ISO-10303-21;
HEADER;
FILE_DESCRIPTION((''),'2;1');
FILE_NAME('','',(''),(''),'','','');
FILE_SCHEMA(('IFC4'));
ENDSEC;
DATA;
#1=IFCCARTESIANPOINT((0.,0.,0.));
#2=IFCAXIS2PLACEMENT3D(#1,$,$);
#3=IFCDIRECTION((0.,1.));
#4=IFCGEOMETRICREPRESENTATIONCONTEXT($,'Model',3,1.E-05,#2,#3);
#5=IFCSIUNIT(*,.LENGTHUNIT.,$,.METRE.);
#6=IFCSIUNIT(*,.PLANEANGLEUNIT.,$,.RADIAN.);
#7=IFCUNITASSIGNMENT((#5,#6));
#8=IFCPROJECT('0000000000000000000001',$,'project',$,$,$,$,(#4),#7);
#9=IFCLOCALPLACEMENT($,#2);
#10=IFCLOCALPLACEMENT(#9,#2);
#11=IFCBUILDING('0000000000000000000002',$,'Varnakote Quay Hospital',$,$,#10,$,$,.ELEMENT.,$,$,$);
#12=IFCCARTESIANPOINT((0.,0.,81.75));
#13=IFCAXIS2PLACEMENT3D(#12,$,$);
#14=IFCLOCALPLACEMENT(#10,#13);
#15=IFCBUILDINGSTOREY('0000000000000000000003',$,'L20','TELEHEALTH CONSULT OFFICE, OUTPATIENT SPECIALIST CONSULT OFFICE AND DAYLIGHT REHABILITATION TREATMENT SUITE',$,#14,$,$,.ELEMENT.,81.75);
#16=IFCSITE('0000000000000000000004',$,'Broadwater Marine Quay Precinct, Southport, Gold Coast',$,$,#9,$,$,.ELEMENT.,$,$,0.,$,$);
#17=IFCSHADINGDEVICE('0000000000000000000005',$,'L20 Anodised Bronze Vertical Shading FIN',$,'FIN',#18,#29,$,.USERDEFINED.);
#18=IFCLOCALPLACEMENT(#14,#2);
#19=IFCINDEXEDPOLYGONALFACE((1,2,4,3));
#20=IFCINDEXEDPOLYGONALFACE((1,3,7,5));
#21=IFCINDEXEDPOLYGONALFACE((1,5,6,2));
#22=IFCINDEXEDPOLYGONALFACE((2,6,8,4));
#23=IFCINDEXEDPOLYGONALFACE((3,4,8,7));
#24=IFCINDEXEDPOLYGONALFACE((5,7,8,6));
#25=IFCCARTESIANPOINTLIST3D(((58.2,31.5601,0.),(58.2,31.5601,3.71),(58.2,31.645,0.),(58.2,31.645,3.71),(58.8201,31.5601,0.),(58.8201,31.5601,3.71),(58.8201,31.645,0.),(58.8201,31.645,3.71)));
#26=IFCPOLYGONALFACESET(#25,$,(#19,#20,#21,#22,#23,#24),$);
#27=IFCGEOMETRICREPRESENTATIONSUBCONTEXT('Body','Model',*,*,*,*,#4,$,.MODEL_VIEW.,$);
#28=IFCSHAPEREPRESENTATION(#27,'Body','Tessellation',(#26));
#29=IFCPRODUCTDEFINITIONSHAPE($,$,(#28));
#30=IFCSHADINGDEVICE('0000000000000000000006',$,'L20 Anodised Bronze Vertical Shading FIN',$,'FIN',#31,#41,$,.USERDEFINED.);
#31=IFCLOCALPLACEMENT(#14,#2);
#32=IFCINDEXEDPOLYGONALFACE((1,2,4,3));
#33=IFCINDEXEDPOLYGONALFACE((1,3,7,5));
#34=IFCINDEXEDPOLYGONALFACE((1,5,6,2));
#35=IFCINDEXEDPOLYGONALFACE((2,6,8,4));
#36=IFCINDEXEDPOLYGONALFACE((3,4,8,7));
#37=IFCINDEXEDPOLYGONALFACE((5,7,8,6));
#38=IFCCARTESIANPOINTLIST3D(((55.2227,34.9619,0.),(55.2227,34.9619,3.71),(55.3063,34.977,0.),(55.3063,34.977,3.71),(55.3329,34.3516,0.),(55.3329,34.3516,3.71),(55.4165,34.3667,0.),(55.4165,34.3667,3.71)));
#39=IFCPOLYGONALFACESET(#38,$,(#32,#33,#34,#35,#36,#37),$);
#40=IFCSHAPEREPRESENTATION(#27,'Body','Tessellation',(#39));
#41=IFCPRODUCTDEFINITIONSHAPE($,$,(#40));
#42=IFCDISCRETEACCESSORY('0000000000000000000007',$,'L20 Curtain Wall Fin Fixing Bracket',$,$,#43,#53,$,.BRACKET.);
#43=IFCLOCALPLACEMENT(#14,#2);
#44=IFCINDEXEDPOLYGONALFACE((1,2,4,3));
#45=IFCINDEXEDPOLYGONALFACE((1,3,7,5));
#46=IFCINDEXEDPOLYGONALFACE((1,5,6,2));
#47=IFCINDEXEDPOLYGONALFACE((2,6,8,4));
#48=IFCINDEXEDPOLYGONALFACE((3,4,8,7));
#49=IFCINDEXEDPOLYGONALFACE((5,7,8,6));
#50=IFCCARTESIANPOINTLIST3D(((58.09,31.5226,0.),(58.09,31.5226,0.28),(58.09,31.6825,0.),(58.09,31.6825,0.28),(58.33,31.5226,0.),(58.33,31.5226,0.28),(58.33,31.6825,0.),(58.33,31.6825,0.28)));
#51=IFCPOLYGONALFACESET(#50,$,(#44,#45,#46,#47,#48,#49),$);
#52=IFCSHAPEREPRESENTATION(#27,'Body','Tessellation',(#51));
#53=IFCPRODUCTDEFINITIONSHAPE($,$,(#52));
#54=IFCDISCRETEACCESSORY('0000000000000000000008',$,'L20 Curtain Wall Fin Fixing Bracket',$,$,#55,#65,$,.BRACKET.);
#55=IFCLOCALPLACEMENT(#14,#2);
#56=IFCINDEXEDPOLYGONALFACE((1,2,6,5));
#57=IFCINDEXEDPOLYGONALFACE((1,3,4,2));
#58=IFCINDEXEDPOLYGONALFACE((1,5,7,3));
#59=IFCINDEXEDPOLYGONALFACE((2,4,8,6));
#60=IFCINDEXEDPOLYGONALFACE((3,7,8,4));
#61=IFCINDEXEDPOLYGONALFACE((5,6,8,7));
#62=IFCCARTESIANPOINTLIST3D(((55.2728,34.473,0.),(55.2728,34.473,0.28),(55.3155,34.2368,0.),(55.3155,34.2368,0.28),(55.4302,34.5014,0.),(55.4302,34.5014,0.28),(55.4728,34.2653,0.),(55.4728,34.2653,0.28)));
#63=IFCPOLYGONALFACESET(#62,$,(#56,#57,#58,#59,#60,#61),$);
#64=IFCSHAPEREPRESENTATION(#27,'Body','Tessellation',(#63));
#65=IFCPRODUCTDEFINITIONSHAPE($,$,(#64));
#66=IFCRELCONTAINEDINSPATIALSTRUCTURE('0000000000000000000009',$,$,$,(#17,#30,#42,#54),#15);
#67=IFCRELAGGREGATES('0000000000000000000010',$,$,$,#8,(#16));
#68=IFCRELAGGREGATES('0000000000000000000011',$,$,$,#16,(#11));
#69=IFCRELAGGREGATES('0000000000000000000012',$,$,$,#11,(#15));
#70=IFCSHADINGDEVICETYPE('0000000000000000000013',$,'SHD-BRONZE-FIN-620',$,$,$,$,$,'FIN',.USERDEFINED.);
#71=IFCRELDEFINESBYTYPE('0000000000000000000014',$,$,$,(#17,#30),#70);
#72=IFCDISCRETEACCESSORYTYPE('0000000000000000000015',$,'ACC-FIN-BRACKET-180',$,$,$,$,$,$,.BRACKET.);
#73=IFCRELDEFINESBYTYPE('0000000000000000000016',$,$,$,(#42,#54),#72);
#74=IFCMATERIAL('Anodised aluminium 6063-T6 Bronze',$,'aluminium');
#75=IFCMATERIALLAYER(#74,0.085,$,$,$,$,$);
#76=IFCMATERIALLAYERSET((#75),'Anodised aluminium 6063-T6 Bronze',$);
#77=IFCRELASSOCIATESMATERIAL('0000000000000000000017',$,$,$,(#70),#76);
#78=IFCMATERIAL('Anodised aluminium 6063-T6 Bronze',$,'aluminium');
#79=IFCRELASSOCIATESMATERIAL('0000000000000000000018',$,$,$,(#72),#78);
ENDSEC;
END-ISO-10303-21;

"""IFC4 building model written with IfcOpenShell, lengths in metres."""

from ifc_helpers import new_model, si_unit, direction, frame, origin, origin_2d, place, context, subcontext, project, spatial, rectangle, extrude, material, layer, layer_set, type_object, element, save


model = new_model("IFC4")

# Units and contexts
model_context = context("Model", 3, precision=1e-05, world=origin(), true_north=direction((0.0, 1.0)))
body_context = subcontext(model_context, "Body", "Model", "MODEL_VIEW")
ifc_project = project(units=[si_unit("LENGTHUNIT", "METRE"), si_unit("PLANEANGLEUNIT", "RADIAN")], contexts=[model_context])

# Site, building, storey
site_placement = place(None, origin())
site = spatial("IfcSite", under=ifc_project, at=site_placement, Name="Broadwater Marine Quay Precinct, Southport, Gold Coast", CompositionType="ELEMENT", RefElevation=0.0)
building_placement = place(site_placement, origin())
building = spatial("IfcBuilding", under=site, at=building_placement, Name="Varnakote Quay Hospital", CompositionType="ELEMENT")
storey_placement = place(building_placement, frame((0.0, 0.0, 81.75)))
storey = spatial("IfcBuildingStorey", under=building, at=storey_placement, Name="L20", Description="TELEHEALTH CONSULT OFFICE, OUTPATIENT SPECIALIST CONSULT OFFICE AND DAYLIGHT REHABILITATION TREATMENT SUITE", CompositionType="ELEMENT", Elevation=81.75)

# Shading devices
ifc_material_1 = material(Name="Anodised aluminium 6063-T6 Bronze", Category="aluminium")
ifc_layer_1 = layer(ifc_material_1, 0.085)
ifc_layer_set_1 = layer_set([ifc_layer_1], Name="Anodised aluminium 6063-T6 Bronze")
shading_device_type = type_object("IfcShadingDeviceType", Name="SHD-BRONZE-FIN-620", ElementType="FIN", PredefinedType="USERDEFINED", material=ifc_layer_set_1)
for number, where, z_axis, x_axis, name in (
    (1, (58.51, 31.6025, 0.0), (0.0, 0.0, 1.0), (-1.0, 0.0, 0.0), "L20 Anodised Bronze Vertical Shading FIN"),
    (2, (55.3196, 34.6643, 0.0), (0.0, 0.0, 1.0), (0.177772, -0.984072, 0.0), "L20 Anodised Bronze Vertical Shading FIN"),
):
    element("IfcShadingDevice", number, at=place(storey_placement, frame(where, z_axis=z_axis, x_axis=x_axis)), inside=storey, type_object=shading_device_type, Name=name, ObjectType="FIN", PredefinedType="USERDEFINED", context=body_context, shape_type="SweptSolid", body=[
        extrude(rectangle(XDim=0.6201, YDim=0.085, at=origin_2d()), origin(), (0.0, 0.0, 1.0), 3.71),
    ])

# Discrete accessories
ifc_material_2 = material(Name="Anodised aluminium 6063-T6 Bronze", Category="aluminium")
discrete_accessory_type = type_object("IfcDiscreteAccessoryType", Name="ACC-FIN-BRACKET-180", PredefinedType="BRACKET", material=ifc_material_2)
for number, where, z_axis, x_axis, name in (
    (3, (58.21, 31.6025, 0.0), (0.0, 0.0, 1.0), (0.0, 1.0, 0.0), "L20 Curtain Wall Fin Fixing Bracket"),
    (4, (55.3728, 34.3691, 0.0), (0.0, 0.0, 1.0), (-0.984072, -0.177772, 0.0), "L20 Curtain Wall Fin Fixing Bracket"),
):
    element("IfcDiscreteAccessory", number, at=place(storey_placement, frame(where, z_axis=z_axis, x_axis=x_axis)), inside=storey, type_object=discrete_accessory_type, Name=name, PredefinedType="BRACKET", context=body_context, shape_type="SweptSolid", body=[
        extrude(rectangle(XDim=0.1599, YDim=0.24, at=origin_2d()), origin(), (0.0, 0.0, 1.0), 0.28),
    ])

save(model, "model.ifc")
